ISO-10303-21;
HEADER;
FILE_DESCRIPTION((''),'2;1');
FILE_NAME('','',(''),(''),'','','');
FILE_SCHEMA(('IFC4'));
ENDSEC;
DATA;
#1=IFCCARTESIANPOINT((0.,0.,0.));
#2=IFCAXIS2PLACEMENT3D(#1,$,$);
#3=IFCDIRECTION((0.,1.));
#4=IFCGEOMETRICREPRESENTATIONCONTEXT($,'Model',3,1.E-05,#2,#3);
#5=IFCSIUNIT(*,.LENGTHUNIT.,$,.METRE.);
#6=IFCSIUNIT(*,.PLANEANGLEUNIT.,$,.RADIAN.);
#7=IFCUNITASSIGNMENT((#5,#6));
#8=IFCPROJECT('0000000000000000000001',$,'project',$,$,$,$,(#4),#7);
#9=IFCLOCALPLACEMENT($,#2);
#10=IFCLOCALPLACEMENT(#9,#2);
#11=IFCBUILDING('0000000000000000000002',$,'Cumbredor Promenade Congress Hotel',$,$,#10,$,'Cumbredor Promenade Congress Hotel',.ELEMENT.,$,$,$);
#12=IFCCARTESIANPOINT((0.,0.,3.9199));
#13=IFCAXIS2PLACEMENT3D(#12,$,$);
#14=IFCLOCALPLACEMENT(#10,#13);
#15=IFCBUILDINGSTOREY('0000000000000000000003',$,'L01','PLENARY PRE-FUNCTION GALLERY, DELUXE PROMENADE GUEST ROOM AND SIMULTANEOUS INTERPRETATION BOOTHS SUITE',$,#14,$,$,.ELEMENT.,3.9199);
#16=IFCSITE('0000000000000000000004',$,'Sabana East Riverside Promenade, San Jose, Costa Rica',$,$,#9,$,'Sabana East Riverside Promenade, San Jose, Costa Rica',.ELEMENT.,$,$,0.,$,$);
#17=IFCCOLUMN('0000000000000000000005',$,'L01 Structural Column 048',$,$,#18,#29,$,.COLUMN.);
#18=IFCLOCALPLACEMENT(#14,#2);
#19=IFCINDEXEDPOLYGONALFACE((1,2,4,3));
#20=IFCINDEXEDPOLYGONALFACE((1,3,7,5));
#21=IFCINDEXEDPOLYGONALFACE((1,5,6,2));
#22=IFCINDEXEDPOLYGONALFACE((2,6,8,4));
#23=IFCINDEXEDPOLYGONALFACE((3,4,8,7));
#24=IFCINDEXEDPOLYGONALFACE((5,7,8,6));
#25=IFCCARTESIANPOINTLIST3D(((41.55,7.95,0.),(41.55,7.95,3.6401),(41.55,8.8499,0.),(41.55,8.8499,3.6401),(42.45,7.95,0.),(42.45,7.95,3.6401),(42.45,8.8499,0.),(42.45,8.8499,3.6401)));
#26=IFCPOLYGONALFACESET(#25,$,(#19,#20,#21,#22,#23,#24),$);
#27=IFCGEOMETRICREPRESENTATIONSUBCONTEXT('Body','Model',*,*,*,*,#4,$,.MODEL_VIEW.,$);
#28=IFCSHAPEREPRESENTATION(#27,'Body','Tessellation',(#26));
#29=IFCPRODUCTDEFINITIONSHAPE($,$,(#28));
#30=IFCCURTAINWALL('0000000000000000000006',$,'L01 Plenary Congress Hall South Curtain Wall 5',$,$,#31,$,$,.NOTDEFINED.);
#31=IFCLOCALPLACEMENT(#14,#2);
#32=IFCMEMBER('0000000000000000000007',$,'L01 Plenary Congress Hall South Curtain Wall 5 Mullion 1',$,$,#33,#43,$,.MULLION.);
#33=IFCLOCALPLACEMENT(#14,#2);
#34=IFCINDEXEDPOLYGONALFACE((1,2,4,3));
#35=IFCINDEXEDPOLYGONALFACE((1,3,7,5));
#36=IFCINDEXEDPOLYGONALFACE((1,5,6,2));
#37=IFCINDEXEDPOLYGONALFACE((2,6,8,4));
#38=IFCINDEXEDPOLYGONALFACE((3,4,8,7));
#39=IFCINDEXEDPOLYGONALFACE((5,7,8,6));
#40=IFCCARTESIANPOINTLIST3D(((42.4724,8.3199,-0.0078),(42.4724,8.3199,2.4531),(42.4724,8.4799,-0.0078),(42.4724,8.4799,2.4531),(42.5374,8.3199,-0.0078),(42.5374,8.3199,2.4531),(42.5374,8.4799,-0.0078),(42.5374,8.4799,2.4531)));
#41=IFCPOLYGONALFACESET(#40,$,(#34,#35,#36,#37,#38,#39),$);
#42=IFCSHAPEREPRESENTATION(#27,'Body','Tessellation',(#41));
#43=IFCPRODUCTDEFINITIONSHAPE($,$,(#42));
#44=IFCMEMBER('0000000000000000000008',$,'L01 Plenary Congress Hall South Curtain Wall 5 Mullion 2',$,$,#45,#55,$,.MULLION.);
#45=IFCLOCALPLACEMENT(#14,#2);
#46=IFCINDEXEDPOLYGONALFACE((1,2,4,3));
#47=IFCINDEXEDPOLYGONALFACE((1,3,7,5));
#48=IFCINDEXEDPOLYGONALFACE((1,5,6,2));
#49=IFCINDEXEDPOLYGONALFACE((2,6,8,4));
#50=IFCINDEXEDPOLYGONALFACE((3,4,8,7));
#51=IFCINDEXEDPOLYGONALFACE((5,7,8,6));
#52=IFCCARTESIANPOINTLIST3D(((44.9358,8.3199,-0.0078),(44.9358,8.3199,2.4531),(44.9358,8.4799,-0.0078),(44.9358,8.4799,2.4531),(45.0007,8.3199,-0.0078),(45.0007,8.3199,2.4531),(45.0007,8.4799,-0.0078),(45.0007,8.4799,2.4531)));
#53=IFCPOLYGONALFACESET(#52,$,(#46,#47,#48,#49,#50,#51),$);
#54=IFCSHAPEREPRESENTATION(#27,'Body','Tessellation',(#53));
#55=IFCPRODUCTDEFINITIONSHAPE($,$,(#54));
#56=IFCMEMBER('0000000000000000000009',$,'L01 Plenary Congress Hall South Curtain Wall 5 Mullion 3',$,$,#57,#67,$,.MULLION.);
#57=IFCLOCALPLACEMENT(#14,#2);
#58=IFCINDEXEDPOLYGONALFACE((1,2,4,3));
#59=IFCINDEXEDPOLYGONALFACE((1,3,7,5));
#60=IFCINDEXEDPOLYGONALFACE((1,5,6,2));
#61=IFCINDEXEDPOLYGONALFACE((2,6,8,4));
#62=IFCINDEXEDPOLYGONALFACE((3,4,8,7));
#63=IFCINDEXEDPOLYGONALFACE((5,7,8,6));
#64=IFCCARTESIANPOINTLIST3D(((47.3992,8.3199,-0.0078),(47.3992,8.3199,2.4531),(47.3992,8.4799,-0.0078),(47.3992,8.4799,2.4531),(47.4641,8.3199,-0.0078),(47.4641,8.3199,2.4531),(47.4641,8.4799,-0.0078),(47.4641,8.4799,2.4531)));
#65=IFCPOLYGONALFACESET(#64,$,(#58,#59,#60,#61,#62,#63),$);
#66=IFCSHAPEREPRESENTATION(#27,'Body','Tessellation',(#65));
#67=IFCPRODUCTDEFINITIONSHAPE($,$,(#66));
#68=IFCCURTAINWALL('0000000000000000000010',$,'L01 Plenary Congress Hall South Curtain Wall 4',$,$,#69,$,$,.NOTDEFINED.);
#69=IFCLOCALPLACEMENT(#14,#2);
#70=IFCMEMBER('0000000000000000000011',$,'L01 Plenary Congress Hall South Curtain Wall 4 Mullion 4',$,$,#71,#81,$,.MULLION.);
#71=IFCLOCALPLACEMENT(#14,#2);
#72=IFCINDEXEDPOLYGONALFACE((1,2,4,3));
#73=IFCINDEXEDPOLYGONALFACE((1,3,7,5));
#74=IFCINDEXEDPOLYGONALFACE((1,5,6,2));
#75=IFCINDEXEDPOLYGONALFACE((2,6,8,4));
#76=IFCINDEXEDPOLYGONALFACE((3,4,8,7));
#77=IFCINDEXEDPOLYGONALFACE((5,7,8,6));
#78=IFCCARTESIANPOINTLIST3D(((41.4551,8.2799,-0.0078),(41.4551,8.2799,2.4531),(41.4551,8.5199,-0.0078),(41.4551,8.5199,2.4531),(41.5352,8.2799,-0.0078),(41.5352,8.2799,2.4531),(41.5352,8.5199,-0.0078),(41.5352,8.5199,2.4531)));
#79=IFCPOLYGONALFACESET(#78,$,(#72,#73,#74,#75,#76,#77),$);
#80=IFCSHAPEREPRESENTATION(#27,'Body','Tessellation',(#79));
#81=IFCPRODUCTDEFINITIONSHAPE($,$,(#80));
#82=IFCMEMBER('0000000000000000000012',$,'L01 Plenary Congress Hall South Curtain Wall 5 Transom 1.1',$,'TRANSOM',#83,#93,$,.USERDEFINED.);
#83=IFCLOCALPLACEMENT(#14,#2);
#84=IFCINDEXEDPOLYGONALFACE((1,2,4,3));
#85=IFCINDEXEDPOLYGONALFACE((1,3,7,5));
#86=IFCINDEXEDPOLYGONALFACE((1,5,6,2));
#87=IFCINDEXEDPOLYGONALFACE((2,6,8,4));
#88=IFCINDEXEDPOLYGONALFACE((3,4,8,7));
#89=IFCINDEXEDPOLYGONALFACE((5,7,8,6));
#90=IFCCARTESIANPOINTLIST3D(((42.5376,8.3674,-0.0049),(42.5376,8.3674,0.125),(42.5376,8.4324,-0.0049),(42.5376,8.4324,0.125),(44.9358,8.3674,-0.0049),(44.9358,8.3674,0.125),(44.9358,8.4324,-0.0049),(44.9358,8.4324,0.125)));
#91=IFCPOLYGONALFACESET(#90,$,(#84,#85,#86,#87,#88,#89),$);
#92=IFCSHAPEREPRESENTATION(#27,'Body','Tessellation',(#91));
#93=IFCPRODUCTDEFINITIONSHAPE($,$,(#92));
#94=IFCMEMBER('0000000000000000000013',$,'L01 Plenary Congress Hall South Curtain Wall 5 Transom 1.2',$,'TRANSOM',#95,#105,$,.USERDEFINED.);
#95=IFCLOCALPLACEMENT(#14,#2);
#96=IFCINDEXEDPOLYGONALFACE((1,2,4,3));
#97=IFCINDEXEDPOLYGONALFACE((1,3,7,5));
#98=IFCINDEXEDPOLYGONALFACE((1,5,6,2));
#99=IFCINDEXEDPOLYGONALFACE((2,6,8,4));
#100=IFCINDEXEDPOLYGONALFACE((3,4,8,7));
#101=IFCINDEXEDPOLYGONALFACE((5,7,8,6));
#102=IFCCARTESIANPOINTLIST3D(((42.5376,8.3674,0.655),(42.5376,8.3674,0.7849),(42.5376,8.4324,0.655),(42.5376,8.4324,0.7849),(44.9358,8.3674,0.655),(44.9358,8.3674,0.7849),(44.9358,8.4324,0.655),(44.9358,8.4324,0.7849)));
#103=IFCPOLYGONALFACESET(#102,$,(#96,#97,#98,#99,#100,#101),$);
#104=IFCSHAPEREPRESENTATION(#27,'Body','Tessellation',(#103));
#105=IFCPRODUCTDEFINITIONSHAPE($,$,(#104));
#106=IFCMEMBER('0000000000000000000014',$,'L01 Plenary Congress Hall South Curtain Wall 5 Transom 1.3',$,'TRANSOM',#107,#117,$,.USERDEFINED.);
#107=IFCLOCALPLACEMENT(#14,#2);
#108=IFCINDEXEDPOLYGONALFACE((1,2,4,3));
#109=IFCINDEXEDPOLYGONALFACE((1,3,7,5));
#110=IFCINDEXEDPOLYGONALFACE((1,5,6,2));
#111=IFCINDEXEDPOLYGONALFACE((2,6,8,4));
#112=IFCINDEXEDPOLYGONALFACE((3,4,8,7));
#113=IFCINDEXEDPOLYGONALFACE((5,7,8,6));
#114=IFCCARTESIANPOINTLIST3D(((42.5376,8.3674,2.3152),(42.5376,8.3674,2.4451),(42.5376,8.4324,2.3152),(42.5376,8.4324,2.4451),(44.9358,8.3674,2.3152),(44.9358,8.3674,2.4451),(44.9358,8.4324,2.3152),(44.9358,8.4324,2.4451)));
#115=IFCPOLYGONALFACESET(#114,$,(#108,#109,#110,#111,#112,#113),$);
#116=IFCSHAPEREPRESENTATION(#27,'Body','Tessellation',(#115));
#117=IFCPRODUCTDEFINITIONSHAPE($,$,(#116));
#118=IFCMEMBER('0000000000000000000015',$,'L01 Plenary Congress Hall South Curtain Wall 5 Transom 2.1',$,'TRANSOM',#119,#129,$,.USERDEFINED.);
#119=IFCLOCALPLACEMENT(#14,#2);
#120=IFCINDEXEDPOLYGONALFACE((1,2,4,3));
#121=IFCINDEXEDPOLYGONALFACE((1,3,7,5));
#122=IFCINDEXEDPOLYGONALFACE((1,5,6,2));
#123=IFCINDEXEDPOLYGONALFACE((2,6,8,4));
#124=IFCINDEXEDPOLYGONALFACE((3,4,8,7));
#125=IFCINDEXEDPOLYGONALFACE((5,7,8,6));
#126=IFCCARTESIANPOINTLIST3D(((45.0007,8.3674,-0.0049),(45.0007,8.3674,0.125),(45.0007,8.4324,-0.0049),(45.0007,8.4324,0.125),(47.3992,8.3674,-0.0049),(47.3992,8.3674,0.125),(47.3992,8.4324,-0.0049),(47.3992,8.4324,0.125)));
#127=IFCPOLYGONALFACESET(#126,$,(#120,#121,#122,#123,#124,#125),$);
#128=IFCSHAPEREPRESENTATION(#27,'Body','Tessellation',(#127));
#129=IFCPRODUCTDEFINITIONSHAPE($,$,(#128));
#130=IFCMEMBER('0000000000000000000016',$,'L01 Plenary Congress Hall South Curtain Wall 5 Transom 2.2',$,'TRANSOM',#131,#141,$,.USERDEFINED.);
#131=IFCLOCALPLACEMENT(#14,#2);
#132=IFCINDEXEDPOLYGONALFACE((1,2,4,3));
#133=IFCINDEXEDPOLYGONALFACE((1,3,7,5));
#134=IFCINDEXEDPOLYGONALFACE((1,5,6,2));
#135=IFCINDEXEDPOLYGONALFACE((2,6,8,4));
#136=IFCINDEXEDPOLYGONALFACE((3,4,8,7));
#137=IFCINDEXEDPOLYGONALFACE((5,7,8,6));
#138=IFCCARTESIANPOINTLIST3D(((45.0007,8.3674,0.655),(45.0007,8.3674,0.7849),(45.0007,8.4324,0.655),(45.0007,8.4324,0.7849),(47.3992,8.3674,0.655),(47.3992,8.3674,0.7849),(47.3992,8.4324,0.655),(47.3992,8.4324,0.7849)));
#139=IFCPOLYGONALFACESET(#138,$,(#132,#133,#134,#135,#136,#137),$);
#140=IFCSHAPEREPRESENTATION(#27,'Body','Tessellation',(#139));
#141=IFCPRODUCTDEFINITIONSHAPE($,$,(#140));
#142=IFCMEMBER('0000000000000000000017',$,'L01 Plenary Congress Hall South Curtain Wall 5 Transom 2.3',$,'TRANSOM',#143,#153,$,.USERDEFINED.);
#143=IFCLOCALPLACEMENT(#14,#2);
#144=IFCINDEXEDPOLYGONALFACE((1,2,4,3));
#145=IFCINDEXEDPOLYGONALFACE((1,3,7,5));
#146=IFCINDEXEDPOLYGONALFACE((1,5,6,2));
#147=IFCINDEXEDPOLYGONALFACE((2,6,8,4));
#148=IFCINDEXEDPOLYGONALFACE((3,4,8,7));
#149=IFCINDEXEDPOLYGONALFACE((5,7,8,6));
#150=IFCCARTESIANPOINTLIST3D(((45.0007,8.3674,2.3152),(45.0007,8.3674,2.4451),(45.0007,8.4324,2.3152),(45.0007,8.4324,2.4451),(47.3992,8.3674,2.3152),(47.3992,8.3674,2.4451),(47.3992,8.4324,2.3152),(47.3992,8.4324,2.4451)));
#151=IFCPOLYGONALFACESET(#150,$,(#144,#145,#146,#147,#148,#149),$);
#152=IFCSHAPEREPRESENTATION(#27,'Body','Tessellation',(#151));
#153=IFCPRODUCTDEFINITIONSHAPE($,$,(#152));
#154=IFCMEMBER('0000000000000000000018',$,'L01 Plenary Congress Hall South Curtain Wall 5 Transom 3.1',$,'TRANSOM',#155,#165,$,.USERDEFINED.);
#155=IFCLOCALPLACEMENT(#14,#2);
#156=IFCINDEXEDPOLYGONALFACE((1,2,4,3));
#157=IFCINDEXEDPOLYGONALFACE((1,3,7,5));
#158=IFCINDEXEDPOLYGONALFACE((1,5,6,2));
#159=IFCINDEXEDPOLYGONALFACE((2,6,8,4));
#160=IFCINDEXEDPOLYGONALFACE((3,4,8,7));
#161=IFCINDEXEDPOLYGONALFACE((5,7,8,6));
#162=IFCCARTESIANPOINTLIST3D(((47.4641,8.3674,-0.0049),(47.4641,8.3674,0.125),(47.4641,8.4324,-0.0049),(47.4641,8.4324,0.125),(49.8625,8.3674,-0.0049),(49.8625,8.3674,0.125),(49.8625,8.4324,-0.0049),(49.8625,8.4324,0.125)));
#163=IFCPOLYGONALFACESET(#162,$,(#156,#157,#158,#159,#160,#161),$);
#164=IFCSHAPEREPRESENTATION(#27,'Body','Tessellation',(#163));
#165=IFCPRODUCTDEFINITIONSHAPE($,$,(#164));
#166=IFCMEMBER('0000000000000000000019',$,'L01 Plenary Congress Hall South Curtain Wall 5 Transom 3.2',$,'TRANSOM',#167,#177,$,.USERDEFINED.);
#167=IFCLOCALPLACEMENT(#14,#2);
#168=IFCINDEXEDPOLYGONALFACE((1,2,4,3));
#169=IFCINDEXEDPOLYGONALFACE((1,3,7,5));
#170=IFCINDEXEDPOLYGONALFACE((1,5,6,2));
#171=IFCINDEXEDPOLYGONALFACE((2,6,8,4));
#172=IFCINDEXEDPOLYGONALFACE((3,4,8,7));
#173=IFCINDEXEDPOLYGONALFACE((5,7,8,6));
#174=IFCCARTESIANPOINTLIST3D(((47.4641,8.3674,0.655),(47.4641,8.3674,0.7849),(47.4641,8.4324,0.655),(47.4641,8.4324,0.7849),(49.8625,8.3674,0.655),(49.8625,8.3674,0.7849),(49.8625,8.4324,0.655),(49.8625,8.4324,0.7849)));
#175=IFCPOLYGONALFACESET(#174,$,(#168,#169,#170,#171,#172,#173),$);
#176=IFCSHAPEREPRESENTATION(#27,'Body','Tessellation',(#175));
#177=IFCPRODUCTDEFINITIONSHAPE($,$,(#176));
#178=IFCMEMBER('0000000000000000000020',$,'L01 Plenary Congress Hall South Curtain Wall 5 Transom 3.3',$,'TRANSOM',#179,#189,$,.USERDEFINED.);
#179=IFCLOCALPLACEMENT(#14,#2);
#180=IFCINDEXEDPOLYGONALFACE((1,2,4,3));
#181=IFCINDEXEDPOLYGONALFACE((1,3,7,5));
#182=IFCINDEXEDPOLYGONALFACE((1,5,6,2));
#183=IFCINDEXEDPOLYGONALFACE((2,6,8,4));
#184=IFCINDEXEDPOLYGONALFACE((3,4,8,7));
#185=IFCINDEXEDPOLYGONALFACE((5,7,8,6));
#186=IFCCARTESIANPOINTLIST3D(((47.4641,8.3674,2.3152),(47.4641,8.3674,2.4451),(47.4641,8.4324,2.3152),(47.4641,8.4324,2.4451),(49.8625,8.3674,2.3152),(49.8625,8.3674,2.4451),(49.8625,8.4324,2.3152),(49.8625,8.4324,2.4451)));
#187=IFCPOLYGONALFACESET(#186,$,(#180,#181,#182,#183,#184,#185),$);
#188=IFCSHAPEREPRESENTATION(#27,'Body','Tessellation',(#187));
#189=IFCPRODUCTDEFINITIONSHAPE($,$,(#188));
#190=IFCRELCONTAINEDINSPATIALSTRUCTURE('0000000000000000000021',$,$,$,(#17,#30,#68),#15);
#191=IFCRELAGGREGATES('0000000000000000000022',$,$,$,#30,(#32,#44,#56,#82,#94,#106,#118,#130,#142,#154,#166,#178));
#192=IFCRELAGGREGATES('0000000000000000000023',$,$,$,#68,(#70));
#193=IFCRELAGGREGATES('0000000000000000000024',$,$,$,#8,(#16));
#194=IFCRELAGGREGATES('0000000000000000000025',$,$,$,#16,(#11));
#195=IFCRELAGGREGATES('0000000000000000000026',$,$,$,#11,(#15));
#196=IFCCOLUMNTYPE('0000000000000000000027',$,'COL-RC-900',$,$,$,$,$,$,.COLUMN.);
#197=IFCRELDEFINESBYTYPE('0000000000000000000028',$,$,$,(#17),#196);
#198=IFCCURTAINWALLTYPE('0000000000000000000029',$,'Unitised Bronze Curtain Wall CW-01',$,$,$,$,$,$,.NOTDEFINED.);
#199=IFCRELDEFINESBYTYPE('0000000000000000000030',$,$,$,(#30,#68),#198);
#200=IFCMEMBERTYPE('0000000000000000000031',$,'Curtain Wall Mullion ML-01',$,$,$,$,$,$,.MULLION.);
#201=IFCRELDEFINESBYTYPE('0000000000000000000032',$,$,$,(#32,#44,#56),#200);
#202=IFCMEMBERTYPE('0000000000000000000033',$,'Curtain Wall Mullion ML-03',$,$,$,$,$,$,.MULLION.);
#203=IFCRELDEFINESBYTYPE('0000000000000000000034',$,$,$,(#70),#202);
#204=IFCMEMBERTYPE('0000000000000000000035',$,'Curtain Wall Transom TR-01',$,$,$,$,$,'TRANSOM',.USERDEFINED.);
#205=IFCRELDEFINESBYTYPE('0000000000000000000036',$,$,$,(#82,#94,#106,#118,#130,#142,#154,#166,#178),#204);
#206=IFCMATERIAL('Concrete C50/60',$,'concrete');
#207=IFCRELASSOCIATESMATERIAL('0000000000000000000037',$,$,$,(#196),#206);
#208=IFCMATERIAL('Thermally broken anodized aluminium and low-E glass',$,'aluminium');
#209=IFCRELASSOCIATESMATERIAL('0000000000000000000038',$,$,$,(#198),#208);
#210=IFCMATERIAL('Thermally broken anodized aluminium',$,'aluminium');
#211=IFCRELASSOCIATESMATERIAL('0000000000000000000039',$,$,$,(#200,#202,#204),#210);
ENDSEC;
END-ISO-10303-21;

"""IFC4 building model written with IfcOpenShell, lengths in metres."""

from ifc_helpers import new_model, si_unit, direction, frame, origin, origin_2d, place, context, subcontext, project, spatial, rectangle, extrude, material, material_profile, profile_set, type_object, element, aggregate, save


model = new_model("IFC4")

# Units and contexts
model_context = context("Model", 3, precision=1e-05, world=origin(), true_north=direction((0.0, 1.0)))
body_context = subcontext(model_context, "Body", "Model", "MODEL_VIEW")
ifc_project = project(units=[si_unit("LENGTHUNIT", "METRE"), si_unit("PLANEANGLEUNIT", "RADIAN")], contexts=[model_context])

# Site, building, storey
site_placement = place(None, origin())
site = spatial("IfcSite", under=ifc_project, at=site_placement, Name="Sabana East Riverside Promenade, San Jose, Costa Rica", LongName="Sabana East Riverside Promenade, San Jose, Costa Rica", CompositionType="ELEMENT", RefElevation=0.0)
building_placement = place(site_placement, origin())
building = spatial("IfcBuilding", under=site, at=building_placement, Name="Cumbredor Promenade Congress Hotel", LongName="Cumbredor Promenade Congress Hotel", CompositionType="ELEMENT")
storey_placement = place(building_placement, frame((0.0, 0.0, 3.9199)))
storey = spatial("IfcBuildingStorey", under=building, at=storey_placement, Name="L01", Description="PLENARY PRE-FUNCTION GALLERY, DELUXE PROMENADE GUEST ROOM AND SIMULTANEOUS INTERPRETATION BOOTHS SUITE", CompositionType="ELEMENT", Elevation=3.9199)

# Column
ifc_material_1 = material(Name="Concrete C50/60", Category="concrete")
ifc_material_profile_1 = material_profile(ifc_material_1, rectangle(XDim=0.8999, YDim=0.8999, at=origin_2d()), Name="RC 900x900")
ifc_profile_set_1 = profile_set([ifc_material_profile_1], Name="Concrete C50/60")
column_type = type_object("IfcColumnType", Name="COL-RC-900", PredefinedType="COLUMN", material=ifc_profile_set_1)
column_placement = place(storey_placement, frame((42.0, 8.3999, 0.0), z_axis=(0.0, 0.0, 1.0), x_axis=(1.0, 0.0, 0.0)))
element("IfcColumn", 1, at=column_placement, inside=storey, type_object=column_type, Name="L01 Structural Column 048", PredefinedType="COLUMN", context=body_context, shape_type="SweptSolid", body=[
    extrude(rectangle(XDim=0.8999, YDim=0.8999, at=origin_2d()), origin(), (0.0, 0.0, 1.0), 3.6401),
])

# Curtain wall, members
ifc_material_2 = material(Name="Thermally broken anodized aluminium and low-E glass", Category="aluminium")
curtain_wall_type = type_object("IfcCurtainWallType", Name="Unitised Bronze Curtain Wall CW-01", PredefinedType="NOTDEFINED", material=ifc_material_2)
curtain_wall_1_placement = place(storey_placement, origin())
curtain_wall_1 = element("IfcCurtainWall", 2, at=curtain_wall_1_placement, inside=storey, type_object=curtain_wall_type, Name="L01 Plenary Congress Hall South Curtain Wall 5", PredefinedType="NOTDEFINED")
ifc_material_3 = material(Name="Thermally broken anodized aluminium", Category="aluminium")
ifc_material_profile_2 = material_profile(ifc_material_3, rectangle(XDim=0.0649, YDim=0.1599, at=origin_2d()), Name="ALU MULLION 65x160")
ifc_profile_set_2 = profile_set([ifc_material_profile_2], Name="Thermally broken anodized aluminium")
member_type_1 = type_object("IfcMemberType", Name="Curtain Wall Mullion ML-01", PredefinedType="MULLION", material=ifc_profile_set_2)
member_1_placement = place(storey_placement, frame((42.5049, 8.3999, -0.0078), z_axis=(0.0, 0.0, 1.0), x_axis=(1.0, 0.0, 0.0)))
member_1 = element("IfcMember", 3, at=member_1_placement, type_object=member_type_1, Name="L01 Plenary Congress Hall South Curtain Wall 5 Mullion 1", PredefinedType="MULLION", context=body_context, shape_type="SweptSolid", body=[
    extrude(rectangle(XDim=0.0649, YDim=0.1599, at=origin_2d()), origin(), (0.0, 0.0, 1.0), 2.4609),
])
member_2_placement = place(storey_placement, frame((44.9683, 8.3999, -0.0078), z_axis=(0.0, 0.0, 1.0), x_axis=(1.0, 0.0, 0.0)))
member_2 = element("IfcMember", 4, at=member_2_placement, type_object=member_type_1, Name="L01 Plenary Congress Hall South Curtain Wall 5 Mullion 2", PredefinedType="MULLION", context=body_context, shape_type="SweptSolid", body=[
    extrude(rectangle(XDim=0.0649, YDim=0.1599, at=origin_2d()), origin(), (0.0, 0.0, 1.0), 2.4609),
])
member_3_placement = place(storey_placement, frame((47.4316, 8.3999, -0.0078), z_axis=(0.0, 0.0, 1.0), x_axis=(1.0, 0.0, 0.0)))
member_3 = element("IfcMember", 5, at=member_3_placement, type_object=member_type_1, Name="L01 Plenary Congress Hall South Curtain Wall 5 Mullion 3", PredefinedType="MULLION", context=body_context, shape_type="SweptSolid", body=[
    extrude(rectangle(XDim=0.0649, YDim=0.1599, at=origin_2d()), origin(), (0.0, 0.0, 1.0), 2.4609),
])

# Curtain wall, member
curtain_wall_2_placement = place(storey_placement, origin())
curtain_wall_2 = element("IfcCurtainWall", 6, at=curtain_wall_2_placement, inside=storey, type_object=curtain_wall_type, Name="L01 Plenary Congress Hall South Curtain Wall 4", PredefinedType="NOTDEFINED")
ifc_material_profile_3 = material_profile(ifc_material_3, rectangle(XDim=0.0801, YDim=0.24, at=origin_2d()), Name="ALU MULLION 80x240")
ifc_profile_set_3 = profile_set([ifc_material_profile_3], Name="Thermally broken anodized aluminium")
member_type_2 = type_object("IfcMemberType", Name="Curtain Wall Mullion ML-03", PredefinedType="MULLION", material=ifc_profile_set_3)
member_4_placement = place(storey_placement, frame((41.4951, 8.3999, -0.0078), z_axis=(0.0, 0.0, 1.0), x_axis=(1.0, 0.0, 0.0)))
member_4 = element("IfcMember", 7, at=member_4_placement, type_object=member_type_2, Name="L01 Plenary Congress Hall South Curtain Wall 4 Mullion 4", PredefinedType="MULLION", context=body_context, shape_type="SweptSolid", body=[
    extrude(rectangle(XDim=0.0801, YDim=0.24, at=origin_2d()), origin(), (0.0, 0.0, 1.0), 2.4609),
])

# Members
ifc_material_profile_4 = material_profile(ifc_material_3, rectangle(XDim=0.0649, YDim=0.1299, at=origin_2d()), Name="ALU TRANSOM 65x130")
ifc_profile_set_4 = profile_set([ifc_material_profile_4], Name="Thermally broken anodized aluminium")
member_type_3 = type_object("IfcMemberType", Name="Curtain Wall Transom TR-01", ElementType="TRANSOM", PredefinedType="USERDEFINED", material=ifc_profile_set_4)
member_5_placement = place(storey_placement, frame((42.5376, 8.3999, 0.0601), z_axis=(1.0, 0.0, 0.0), x_axis=(0.0, 1.0, 0.0)))
member_5 = element("IfcMember", 8, at=member_5_placement, type_object=member_type_3, Name="L01 Plenary Congress Hall South Curtain Wall 5 Transom 1.1", ObjectType="TRANSOM", PredefinedType="USERDEFINED", context=body_context, shape_type="SweptSolid", body=[
    extrude(rectangle(XDim=0.0649, YDim=0.1299, at=origin_2d()), origin(), (0.0, 0.0, 1.0), 2.3982),
])
member_6_placement = place(storey_placement, frame((42.5376, 8.3999, 0.72), z_axis=(1.0, 0.0, 0.0), x_axis=(0.0, 1.0, 0.0)))
member_6 = element("IfcMember", 9, at=member_6_placement, type_object=member_type_3, Name="L01 Plenary Congress Hall South Curtain Wall 5 Transom 1.2", ObjectType="TRANSOM", PredefinedType="USERDEFINED", context=body_context, shape_type="SweptSolid", body=[
    extrude(rectangle(XDim=0.0649, YDim=0.1299, at=origin_2d()), origin(), (0.0, 0.0, 1.0), 2.3982),
])
member_7_placement = place(storey_placement, frame((42.5376, 8.3999, 2.3801), z_axis=(1.0, 0.0, 0.0), x_axis=(0.0, 1.0, 0.0)))
member_7 = element("IfcMember", 10, at=member_7_placement, type_object=member_type_3, Name="L01 Plenary Congress Hall South Curtain Wall 5 Transom 1.3", ObjectType="TRANSOM", PredefinedType="USERDEFINED", context=body_context, shape_type="SweptSolid", body=[
    extrude(rectangle(XDim=0.0649, YDim=0.1299, at=origin_2d()), origin(), (0.0, 0.0, 1.0), 2.3982),
])
member_8_placement = place(storey_placement, frame((45.0007, 8.3999, 0.0601), z_axis=(1.0, 0.0, 0.0), x_axis=(0.0, 1.0, 0.0)))
member_8 = element("IfcMember", 11, at=member_8_placement, type_object=member_type_3, Name="L01 Plenary Congress Hall South Curtain Wall 5 Transom 2.1", ObjectType="TRANSOM", PredefinedType="USERDEFINED", context=body_context, shape_type="SweptSolid", body=[
    extrude(rectangle(XDim=0.0649, YDim=0.1299, at=origin_2d()), origin(), (0.0, 0.0, 1.0), 2.3984),
])
member_9_placement = place(storey_placement, frame((45.0007, 8.3999, 0.72), z_axis=(1.0, 0.0, 0.0), x_axis=(0.0, 1.0, 0.0)))
member_9 = element("IfcMember", 12, at=member_9_placement, type_object=member_type_3, Name="L01 Plenary Congress Hall South Curtain Wall 5 Transom 2.2", ObjectType="TRANSOM", PredefinedType="USERDEFINED", context=body_context, shape_type="SweptSolid", body=[
    extrude(rectangle(XDim=0.0649, YDim=0.1299, at=origin_2d()), origin(), (0.0, 0.0, 1.0), 2.3984),
])
member_10_placement = place(storey_placement, frame((45.0007, 8.3999, 2.3801), z_axis=(1.0, 0.0, 0.0), x_axis=(0.0, 1.0, 0.0)))
member_10 = element("IfcMember", 13, at=member_10_placement, type_object=member_type_3, Name="L01 Plenary Congress Hall South Curtain Wall 5 Transom 2.3", ObjectType="TRANSOM", PredefinedType="USERDEFINED", context=body_context, shape_type="SweptSolid", body=[
    extrude(rectangle(XDim=0.0649, YDim=0.1299, at=origin_2d()), origin(), (0.0, 0.0, 1.0), 2.3984),
])
member_11_placement = place(storey_placement, frame((47.4641, 8.3999, 0.0601), z_axis=(1.0, 0.0, 0.0), x_axis=(0.0, 1.0, 0.0)))
member_11 = element("IfcMember", 14, at=member_11_placement, type_object=member_type_3, Name="L01 Plenary Congress Hall South Curtain Wall 5 Transom 3.1", ObjectType="TRANSOM", PredefinedType="USERDEFINED", context=body_context, shape_type="SweptSolid", body=[
    extrude(rectangle(XDim=0.0649, YDim=0.1299, at=origin_2d()), origin(), (0.0, 0.0, 1.0), 2.3984),
])
member_12_placement = place(storey_placement, frame((47.4641, 8.3999, 0.72), z_axis=(1.0, 0.0, 0.0), x_axis=(0.0, 1.0, 0.0)))
member_12 = element("IfcMember", 15, at=member_12_placement, type_object=member_type_3, Name="L01 Plenary Congress Hall South Curtain Wall 5 Transom 3.2", ObjectType="TRANSOM", PredefinedType="USERDEFINED", context=body_context, shape_type="SweptSolid", body=[
    extrude(rectangle(XDim=0.0649, YDim=0.1299, at=origin_2d()), origin(), (0.0, 0.0, 1.0), 2.3984),
])
member_13_placement = place(storey_placement, frame((47.4641, 8.3999, 2.3801), z_axis=(1.0, 0.0, 0.0), x_axis=(0.0, 1.0, 0.0)))
member_13 = element("IfcMember", 16, at=member_13_placement, type_object=member_type_3, Name="L01 Plenary Congress Hall South Curtain Wall 5 Transom 3.3", ObjectType="TRANSOM", PredefinedType="USERDEFINED", context=body_context, shape_type="SweptSolid", body=[
    extrude(rectangle(XDim=0.0649, YDim=0.1299, at=origin_2d()), origin(), (0.0, 0.0, 1.0), 2.3984),
])

aggregate(curtain_wall_1, [member_1, member_2, member_3, member_5, member_6, member_7, member_8, member_9, member_10, member_11, member_12, member_13])
aggregate(curtain_wall_2, [member_4])

save(model, "model.ifc")
